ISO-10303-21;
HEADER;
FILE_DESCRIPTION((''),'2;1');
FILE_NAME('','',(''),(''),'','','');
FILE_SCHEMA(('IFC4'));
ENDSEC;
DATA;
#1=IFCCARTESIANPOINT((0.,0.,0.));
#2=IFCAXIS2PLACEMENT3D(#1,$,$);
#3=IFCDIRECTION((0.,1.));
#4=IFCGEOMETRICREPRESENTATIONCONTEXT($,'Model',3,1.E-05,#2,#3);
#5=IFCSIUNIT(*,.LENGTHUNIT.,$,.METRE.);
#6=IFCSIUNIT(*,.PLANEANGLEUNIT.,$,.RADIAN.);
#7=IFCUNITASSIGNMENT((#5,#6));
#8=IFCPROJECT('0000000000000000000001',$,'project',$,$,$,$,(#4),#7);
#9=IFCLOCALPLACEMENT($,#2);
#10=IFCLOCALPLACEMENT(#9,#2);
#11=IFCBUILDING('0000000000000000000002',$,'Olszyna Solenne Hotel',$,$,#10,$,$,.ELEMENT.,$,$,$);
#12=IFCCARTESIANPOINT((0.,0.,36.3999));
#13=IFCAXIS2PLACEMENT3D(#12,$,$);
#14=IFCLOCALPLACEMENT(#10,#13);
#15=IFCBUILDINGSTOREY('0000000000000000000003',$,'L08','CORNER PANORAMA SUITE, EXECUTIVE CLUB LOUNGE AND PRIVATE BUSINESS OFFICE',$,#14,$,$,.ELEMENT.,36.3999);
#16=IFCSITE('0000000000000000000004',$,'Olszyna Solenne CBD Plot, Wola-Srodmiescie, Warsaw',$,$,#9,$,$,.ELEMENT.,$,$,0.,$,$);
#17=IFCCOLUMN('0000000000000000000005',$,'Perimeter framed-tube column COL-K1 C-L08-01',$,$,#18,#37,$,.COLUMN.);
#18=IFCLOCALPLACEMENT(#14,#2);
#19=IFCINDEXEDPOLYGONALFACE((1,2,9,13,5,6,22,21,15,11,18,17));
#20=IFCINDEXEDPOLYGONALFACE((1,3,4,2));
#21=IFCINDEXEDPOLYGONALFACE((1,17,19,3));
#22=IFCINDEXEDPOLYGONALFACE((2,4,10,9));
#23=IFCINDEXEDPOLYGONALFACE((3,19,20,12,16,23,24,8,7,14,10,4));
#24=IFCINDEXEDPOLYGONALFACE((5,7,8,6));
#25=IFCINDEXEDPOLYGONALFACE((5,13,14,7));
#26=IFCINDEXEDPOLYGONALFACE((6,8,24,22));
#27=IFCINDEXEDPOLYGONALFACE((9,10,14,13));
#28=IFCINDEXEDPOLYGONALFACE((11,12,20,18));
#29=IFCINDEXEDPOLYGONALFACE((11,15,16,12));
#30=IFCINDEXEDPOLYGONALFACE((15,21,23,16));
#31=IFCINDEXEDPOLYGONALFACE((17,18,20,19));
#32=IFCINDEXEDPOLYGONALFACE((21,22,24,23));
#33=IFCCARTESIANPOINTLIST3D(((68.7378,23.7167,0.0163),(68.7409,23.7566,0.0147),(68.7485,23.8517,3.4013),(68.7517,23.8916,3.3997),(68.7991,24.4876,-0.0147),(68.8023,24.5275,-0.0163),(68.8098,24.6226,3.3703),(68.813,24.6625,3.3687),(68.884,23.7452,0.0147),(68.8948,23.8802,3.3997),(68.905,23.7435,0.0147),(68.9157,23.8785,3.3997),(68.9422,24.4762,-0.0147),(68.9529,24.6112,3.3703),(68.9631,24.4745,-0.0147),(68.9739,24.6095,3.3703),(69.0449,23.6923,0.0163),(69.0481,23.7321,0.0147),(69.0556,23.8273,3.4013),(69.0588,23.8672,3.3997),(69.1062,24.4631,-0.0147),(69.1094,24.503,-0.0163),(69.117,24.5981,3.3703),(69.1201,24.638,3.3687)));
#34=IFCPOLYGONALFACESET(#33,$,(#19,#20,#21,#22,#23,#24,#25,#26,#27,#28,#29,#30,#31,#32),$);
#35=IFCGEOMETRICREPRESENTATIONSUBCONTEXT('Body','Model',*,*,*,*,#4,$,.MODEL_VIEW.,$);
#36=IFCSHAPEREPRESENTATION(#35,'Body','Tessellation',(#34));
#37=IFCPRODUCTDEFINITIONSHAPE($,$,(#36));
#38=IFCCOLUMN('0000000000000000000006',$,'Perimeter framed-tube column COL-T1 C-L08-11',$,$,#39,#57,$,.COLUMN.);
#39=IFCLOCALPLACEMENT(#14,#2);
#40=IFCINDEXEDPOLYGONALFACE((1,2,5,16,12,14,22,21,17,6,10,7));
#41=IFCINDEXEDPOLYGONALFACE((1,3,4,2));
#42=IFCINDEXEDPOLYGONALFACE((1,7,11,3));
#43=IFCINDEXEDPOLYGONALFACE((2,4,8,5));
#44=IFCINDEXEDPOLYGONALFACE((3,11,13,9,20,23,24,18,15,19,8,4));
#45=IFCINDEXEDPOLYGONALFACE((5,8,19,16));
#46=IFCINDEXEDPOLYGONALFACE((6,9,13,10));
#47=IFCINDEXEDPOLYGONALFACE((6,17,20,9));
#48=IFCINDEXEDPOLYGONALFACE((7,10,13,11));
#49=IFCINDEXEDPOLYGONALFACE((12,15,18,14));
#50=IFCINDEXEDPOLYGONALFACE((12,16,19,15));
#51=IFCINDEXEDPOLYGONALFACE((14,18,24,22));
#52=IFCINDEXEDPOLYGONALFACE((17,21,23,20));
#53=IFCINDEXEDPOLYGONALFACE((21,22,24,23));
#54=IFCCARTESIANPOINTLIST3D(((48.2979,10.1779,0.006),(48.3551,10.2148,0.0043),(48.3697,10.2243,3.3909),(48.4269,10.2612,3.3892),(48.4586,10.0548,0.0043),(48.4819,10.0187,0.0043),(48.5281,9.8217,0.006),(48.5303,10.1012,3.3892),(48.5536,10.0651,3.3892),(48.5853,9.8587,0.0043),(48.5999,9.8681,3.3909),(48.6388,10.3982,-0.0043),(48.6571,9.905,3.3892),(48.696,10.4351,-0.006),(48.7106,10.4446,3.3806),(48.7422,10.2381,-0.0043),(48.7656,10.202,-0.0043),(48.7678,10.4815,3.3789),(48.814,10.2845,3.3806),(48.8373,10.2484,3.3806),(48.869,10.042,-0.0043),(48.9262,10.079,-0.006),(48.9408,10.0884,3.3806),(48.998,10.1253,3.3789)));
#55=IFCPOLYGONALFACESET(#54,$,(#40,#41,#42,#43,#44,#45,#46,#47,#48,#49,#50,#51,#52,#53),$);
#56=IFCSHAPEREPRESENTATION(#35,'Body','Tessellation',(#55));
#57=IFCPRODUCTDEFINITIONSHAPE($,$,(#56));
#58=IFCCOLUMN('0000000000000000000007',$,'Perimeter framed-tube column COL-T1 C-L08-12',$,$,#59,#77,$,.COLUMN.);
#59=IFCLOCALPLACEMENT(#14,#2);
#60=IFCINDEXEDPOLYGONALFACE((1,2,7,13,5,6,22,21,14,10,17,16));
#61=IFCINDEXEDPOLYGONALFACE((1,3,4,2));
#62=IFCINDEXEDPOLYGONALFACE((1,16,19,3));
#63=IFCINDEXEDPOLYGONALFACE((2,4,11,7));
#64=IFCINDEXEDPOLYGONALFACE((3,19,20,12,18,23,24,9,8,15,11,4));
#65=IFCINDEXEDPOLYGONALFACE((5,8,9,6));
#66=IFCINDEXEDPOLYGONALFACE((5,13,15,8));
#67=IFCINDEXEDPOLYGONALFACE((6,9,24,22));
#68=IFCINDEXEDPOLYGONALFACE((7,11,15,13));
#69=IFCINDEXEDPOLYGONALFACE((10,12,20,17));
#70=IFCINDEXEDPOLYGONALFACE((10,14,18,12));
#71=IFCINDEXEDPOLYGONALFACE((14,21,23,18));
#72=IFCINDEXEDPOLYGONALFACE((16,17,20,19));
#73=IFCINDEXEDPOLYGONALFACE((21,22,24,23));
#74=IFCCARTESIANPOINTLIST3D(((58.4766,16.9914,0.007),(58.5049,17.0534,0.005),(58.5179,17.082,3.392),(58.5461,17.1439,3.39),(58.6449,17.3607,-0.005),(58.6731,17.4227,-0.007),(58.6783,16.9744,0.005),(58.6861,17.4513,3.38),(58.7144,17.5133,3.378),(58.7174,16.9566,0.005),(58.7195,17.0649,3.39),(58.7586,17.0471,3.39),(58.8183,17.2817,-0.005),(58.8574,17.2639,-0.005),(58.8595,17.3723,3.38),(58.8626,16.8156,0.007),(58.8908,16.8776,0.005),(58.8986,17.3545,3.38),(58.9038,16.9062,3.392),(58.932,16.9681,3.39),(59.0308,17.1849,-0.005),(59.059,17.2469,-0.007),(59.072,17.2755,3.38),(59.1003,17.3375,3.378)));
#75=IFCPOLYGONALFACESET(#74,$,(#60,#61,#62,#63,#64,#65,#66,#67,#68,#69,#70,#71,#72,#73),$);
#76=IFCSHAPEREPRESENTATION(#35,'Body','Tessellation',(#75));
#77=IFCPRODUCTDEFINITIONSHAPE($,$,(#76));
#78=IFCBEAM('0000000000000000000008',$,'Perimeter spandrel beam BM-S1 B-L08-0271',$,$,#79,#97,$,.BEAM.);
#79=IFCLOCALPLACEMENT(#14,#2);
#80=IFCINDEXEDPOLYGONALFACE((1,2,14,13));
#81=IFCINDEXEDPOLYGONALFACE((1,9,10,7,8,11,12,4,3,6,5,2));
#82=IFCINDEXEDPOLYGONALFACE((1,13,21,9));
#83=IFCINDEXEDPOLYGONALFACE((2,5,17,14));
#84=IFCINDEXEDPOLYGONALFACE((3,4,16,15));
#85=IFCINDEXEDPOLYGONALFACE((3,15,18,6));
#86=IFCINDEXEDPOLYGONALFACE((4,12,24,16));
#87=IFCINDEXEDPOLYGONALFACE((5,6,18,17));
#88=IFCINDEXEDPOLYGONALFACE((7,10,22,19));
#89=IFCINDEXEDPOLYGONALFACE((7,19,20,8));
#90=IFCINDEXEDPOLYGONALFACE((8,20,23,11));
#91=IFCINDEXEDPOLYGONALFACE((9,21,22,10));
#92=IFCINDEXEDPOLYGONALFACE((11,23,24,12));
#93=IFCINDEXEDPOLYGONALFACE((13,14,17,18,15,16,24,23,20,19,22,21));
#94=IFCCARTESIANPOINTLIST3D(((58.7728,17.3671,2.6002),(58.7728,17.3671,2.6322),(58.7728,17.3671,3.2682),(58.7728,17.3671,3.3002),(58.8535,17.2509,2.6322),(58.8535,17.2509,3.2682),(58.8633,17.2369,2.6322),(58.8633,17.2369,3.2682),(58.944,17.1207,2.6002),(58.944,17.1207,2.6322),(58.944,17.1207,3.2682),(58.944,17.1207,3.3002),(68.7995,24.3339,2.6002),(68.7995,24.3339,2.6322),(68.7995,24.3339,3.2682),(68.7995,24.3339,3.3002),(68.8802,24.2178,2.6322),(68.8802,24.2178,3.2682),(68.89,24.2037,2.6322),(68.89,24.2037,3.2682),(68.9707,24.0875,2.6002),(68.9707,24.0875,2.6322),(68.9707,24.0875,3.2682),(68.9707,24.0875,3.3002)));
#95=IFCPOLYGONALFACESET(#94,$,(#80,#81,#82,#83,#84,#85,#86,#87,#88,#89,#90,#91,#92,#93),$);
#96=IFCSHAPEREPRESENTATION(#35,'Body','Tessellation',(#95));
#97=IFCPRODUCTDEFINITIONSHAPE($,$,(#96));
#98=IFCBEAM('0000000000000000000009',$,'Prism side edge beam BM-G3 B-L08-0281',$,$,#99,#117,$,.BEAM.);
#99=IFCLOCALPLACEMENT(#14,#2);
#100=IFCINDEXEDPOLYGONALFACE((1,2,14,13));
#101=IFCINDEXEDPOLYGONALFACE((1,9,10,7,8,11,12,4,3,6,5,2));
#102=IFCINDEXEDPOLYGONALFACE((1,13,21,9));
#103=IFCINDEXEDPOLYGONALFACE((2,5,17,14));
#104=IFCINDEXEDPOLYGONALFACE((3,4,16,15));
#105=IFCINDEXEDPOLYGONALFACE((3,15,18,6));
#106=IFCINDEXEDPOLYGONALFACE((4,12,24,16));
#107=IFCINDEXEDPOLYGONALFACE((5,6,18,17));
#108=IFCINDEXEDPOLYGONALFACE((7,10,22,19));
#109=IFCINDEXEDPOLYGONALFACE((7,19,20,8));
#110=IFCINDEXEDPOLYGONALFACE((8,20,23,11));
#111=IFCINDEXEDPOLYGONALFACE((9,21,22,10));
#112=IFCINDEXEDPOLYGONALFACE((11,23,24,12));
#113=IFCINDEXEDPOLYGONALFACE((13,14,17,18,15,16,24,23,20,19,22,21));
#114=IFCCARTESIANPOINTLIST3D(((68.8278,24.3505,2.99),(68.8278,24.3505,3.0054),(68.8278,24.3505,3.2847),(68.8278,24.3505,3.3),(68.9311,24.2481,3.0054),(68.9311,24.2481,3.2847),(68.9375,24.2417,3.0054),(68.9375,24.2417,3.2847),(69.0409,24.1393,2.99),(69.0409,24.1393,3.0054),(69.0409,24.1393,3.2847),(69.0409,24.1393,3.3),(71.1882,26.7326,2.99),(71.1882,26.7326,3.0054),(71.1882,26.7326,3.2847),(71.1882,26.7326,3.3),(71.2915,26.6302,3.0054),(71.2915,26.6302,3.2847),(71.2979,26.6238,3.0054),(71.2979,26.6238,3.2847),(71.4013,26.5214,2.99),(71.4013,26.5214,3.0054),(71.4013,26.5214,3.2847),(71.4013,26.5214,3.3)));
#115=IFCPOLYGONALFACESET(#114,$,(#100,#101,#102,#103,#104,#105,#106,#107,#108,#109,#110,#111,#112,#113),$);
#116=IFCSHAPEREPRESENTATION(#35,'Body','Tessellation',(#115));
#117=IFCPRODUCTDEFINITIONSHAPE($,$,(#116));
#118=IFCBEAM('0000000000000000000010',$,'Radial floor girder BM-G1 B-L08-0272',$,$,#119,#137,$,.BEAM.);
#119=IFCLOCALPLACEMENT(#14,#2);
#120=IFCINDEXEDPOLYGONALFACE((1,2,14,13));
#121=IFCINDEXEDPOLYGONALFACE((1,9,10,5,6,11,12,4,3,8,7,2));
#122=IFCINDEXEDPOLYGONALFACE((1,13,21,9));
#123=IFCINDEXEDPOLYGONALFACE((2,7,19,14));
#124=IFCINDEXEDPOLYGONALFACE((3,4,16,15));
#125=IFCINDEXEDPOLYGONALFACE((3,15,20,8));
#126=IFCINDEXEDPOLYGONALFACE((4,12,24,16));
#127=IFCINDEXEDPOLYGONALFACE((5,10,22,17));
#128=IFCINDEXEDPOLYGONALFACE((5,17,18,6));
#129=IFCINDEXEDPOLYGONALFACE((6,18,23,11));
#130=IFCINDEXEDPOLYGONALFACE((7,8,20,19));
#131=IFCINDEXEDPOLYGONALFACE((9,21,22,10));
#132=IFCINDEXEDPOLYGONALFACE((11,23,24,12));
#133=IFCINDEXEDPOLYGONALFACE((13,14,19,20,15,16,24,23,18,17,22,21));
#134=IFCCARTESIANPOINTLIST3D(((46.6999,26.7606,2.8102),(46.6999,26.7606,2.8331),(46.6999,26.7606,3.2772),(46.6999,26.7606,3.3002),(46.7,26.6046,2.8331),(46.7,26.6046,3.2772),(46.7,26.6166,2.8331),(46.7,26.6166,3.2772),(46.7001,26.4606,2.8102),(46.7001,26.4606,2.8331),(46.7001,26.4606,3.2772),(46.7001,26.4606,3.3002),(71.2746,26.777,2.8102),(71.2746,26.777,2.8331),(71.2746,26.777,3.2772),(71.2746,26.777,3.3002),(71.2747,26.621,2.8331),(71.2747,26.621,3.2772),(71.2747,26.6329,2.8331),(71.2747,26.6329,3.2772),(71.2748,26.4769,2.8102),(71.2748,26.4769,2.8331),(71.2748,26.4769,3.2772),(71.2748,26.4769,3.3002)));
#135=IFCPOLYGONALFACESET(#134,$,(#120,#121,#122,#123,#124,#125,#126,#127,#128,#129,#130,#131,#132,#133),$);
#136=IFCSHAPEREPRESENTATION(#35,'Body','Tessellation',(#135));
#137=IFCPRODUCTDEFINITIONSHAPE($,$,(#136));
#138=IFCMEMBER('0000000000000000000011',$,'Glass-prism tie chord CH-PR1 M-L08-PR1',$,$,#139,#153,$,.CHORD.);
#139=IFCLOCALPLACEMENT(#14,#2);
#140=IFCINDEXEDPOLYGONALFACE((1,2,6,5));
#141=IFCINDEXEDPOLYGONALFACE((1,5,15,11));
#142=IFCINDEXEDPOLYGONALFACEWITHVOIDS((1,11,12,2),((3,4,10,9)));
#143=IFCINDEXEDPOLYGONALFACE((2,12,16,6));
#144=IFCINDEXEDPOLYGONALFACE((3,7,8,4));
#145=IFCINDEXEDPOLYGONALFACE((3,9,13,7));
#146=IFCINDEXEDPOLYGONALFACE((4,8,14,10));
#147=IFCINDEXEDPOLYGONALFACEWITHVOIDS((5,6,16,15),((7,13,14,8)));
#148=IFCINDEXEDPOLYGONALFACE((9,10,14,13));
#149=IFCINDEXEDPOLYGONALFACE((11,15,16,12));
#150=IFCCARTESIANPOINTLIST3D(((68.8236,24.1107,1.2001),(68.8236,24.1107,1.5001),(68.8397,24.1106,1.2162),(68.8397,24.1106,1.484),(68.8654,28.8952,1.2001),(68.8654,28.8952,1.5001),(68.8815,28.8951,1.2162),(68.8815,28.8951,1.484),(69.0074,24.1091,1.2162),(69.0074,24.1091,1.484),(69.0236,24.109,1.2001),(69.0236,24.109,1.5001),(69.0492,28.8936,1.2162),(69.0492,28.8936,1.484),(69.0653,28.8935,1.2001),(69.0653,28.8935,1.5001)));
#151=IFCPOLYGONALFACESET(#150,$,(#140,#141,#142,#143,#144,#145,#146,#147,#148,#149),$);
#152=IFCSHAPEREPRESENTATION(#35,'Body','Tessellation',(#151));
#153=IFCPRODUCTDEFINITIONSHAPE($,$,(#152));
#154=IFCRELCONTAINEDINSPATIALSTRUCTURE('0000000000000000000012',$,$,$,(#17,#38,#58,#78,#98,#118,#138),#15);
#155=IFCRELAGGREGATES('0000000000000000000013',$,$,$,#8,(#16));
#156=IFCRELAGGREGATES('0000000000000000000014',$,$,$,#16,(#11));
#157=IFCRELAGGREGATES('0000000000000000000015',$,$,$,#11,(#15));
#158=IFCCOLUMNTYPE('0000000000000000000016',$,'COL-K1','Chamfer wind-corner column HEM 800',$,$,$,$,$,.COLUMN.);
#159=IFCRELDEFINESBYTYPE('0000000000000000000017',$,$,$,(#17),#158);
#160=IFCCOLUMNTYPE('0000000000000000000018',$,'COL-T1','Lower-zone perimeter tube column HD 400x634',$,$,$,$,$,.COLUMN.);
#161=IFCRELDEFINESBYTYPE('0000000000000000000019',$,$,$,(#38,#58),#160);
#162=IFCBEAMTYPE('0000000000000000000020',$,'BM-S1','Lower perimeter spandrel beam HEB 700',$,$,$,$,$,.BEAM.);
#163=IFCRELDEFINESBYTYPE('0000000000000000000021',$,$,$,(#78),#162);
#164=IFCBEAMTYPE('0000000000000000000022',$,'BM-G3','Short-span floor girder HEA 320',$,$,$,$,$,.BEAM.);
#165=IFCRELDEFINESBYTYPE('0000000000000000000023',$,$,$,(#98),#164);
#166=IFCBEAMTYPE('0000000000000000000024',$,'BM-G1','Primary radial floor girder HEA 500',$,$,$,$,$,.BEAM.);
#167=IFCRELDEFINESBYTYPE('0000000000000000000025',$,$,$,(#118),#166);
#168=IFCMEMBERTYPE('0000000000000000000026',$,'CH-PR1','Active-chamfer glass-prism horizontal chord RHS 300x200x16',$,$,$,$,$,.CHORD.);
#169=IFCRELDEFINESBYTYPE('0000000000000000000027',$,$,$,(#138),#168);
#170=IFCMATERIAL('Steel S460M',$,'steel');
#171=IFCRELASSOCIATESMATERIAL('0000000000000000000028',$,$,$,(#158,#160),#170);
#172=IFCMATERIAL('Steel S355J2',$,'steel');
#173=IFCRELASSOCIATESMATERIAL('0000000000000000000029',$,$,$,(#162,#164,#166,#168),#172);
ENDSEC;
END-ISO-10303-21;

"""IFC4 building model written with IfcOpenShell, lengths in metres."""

from ifc_helpers import new_model, si_unit, direction, frame, origin, origin_2d, place, context, subcontext, project, spatial, hollow_rectangle, i_section, extrude, source, transform, mapped, material, material_profile, profile_set, type_object, element, save


model = new_model("IFC4")

# Units and contexts
model_context = context("Model", 3, precision=1e-05, world=origin(), true_north=direction((0.0, 1.0)))
body_context = subcontext(model_context, "Body", "Model", "MODEL_VIEW")
ifc_project = project(units=[si_unit("LENGTHUNIT", "METRE"), si_unit("PLANEANGLEUNIT", "RADIAN")], contexts=[model_context])

# Site, building, storey
site_placement = place(None, origin())
site = spatial("IfcSite", under=ifc_project, at=site_placement, Name="Olszyna Solenne CBD Plot, Wola-Srodmiescie, Warsaw", CompositionType="ELEMENT", RefElevation=0.0)
building_placement = place(site_placement, origin())
building = spatial("IfcBuilding", under=site, at=building_placement, Name="Olszyna Solenne Hotel", CompositionType="ELEMENT")
storey_placement = place(building_placement, frame((0.0, 0.0, 36.3999)))
storey = spatial("IfcBuildingStorey", under=building, at=storey_placement, Name="L08", Description="CORNER PANORAMA SUITE, EXECUTIVE CLUB LOUNGE AND PRIVATE BUSINESS OFFICE", CompositionType="ELEMENT", Elevation=36.3999)

# Columns
ifc_material_1 = material(Name="Steel S460M", Category="steel")
ifc_material_profile_1 = material_profile(ifc_material_1, i_section(OverallWidth=0.3081, OverallDepth=0.814, WebThickness=0.021, FlangeThickness=0.04, at=origin_2d()), Name="HEM 800", Category="load-bearing")
ifc_profile_set_1 = profile_set([ifc_material_profile_1], Name="Steel S460M")
column_type_1 = type_object("IfcColumnType", Name="COL-K1", Description="Chamfer wind-corner column HEM 800", PredefinedType="COLUMN", material=ifc_profile_set_1)
shared_shape_1 = source(origin(), body_context, "Body", "SweptSolid", [
    extrude(i_section(OverallWidth=0.3081, OverallDepth=0.814, WebThickness=0.021, FlangeThickness=0.04, at=origin_2d()), origin(), (0.0, 0.0, 1.0), 3.3877),
])
column_1_placement = place(storey_placement, frame((68.9236, 24.1099, 0.0), z_axis=(0.003171, 0.039853, 0.999201), x_axis=(-0.99685, 0.079315, 0.0)))
element("IfcColumn", 1, at=column_1_placement, inside=storey, type_object=column_type_1, Name="Perimeter framed-tube column COL-K1 C-L08-01", PredefinedType="COLUMN", context=body_context, shape_type="MappedRepresentation", body=[
    mapped(shared_shape_1, transform((0.0, 0.0, 0.0), x_axis=(1.0, 0.0, 0.0), y_axis=(0.0, 1.0, 0.0), z_axis=(0.0, 0.0, 1.0), scale=1.0)),
])
ifc_material_profile_2 = material_profile(ifc_material_1, i_section(OverallWidth=0.4241, OverallDepth=0.4741, WebThickness=0.043, FlangeThickness=0.0681, at=origin_2d()), Name="HD 400x634", Category="load-bearing")
ifc_profile_set_2 = profile_set([ifc_material_profile_2], Name="Steel S460M")
column_type_2 = type_object("IfcColumnType", Name="COL-T1", Description="Lower-zone perimeter tube column HD 400x634", PredefinedType="COLUMN", material=ifc_profile_set_2)
shared_shape_2 = source(origin(), body_context, "Body", "SweptSolid", [
    extrude(i_section(OverallWidth=0.4241, OverallDepth=0.4741, WebThickness=0.043, FlangeThickness=0.0681, at=origin_2d()), origin(), (0.0, 0.0, 1.0), 3.386),
])
column_2_placement = place(storey_placement, frame((48.6121, 10.1284, 0.0), z_axis=(0.021198, 0.013699, 0.999681), x_axis=(-0.542777, 0.839877, 0.0)))
element("IfcColumn", 2, at=column_2_placement, inside=storey, type_object=column_type_2, Name="Perimeter framed-tube column COL-T1 C-L08-11", PredefinedType="COLUMN", context=body_context, shape_type="MappedRepresentation", body=[
    mapped(shared_shape_2, transform((0.0, 0.0, 0.0), x_axis=(1.0, 0.0, 0.0), y_axis=(0.0, 1.0, 0.0), z_axis=(0.0, 0.0, 1.0), scale=1.0)),
])
shared_shape_3 = source(origin(), body_context, "Body", "SweptSolid", [
    extrude(i_section(OverallWidth=0.4241, OverallDepth=0.4741, WebThickness=0.043, FlangeThickness=0.0681, at=origin_2d()), origin(), (0.0, 0.0, 1.0), 3.3865),
])
column_3_placement = place(storey_placement, frame((58.7678, 17.1191, 0.0), z_axis=(0.012184, 0.026746, 0.999568), x_axis=(-0.91003, 0.414542, 0.0)))
element("IfcColumn", 3, at=column_3_placement, inside=storey, type_object=column_type_2, Name="Perimeter framed-tube column COL-T1 C-L08-12", PredefinedType="COLUMN", context=body_context, shape_type="MappedRepresentation", body=[
    mapped(shared_shape_3, transform((0.0, 0.0, 0.0), x_axis=(1.0, 0.0, 0.0), y_axis=(0.0, 1.0, 0.0), z_axis=(0.0, 0.0, 1.0), scale=1.0)),
])

# Beams
ifc_material_2 = material(Name="Steel S355J2", Category="steel")
ifc_material_profile_3 = material_profile(ifc_material_2, i_section(OverallWidth=0.3, OverallDepth=0.7, WebThickness=0.0171, FlangeThickness=0.032, at=origin_2d()), Name="HEB 700", Category="load-bearing")
ifc_profile_set_3 = profile_set([ifc_material_profile_3], Name="Steel S355J2")
beam_type_1 = type_object("IfcBeamType", Name="BM-S1", Description="Lower perimeter spandrel beam HEB 700", PredefinedType="BEAM", material=ifc_profile_set_3)
shared_shape_4 = source(origin(), body_context, "Body", "SweptSolid", [
    extrude(i_section(OverallWidth=0.3, OverallDepth=0.7, WebThickness=0.0171, FlangeThickness=0.032, at=origin_2d()), origin(), (0.0, 0.0, 1.0), 12.2095),
])
beam_1_placement = place(storey_placement, frame((58.8584, 17.2439, 2.9502), z_axis=(0.821221, 0.57061, 0.0), x_axis=(-0.57061, 0.821221, 0.0)))
element("IfcBeam", 4, at=beam_1_placement, inside=storey, type_object=beam_type_1, Name="Perimeter spandrel beam BM-S1 B-L08-0271", PredefinedType="BEAM", context=body_context, shape_type="MappedRepresentation", body=[
    mapped(shared_shape_4, transform((0.0, 0.0, 0.0), x_axis=(1.0, 0.0, 0.0), y_axis=(0.0, 1.0, 0.0), z_axis=(0.0, 0.0, 1.0), scale=1.0)),
])
ifc_material_profile_4 = material_profile(ifc_material_2, i_section(OverallWidth=0.3, OverallDepth=0.3101, WebThickness=0.009, FlangeThickness=0.0154, at=origin_2d()), Name="HEA 320", Category="load-bearing")
ifc_profile_set_4 = profile_set([ifc_material_profile_4], Name="Steel S355J2")
beam_type_2 = type_object("IfcBeamType", Name="BM-G3", Description="Short-span floor girder HEA 320", PredefinedType="BEAM", material=ifc_profile_set_4)
shared_shape_5 = source(origin(), body_context, "Body", "SweptSolid", [
    extrude(i_section(OverallWidth=0.3, OverallDepth=0.3101, WebThickness=0.009, FlangeThickness=0.0154, at=origin_2d()), origin(), (0.0, 0.0, 1.0), 3.3535),
])
beam_2_placement = place(storey_placement, frame((68.9343, 24.2449, 3.145), z_axis=(0.70386, 0.710339, 0.0), x_axis=(-0.710339, 0.70386, 0.0)))
element("IfcBeam", 5, at=beam_2_placement, inside=storey, type_object=beam_type_2, Name="Prism side edge beam BM-G3 B-L08-0281", PredefinedType="BEAM", context=body_context, shape_type="MappedRepresentation", body=[
    mapped(shared_shape_5, transform((0.0, 0.0, 0.0), x_axis=(1.0, 0.0, 0.0), y_axis=(0.0, 1.0, 0.0), z_axis=(0.0, 0.0, 1.0), scale=1.0)),
])
ifc_material_profile_5 = material_profile(ifc_material_2, i_section(OverallWidth=0.3, OverallDepth=0.49, WebThickness=0.012, FlangeThickness=0.0229, at=origin_2d()), Name="HEA 500", Category="load-bearing")
ifc_profile_set_5 = profile_set([ifc_material_profile_5], Name="Steel S355J2")
beam_type_3 = type_object("IfcBeamType", Name="BM-G1", Description="Primary radial floor girder HEA 500", PredefinedType="BEAM", material=ifc_profile_set_5)
shared_shape_6 = source(origin(), body_context, "Body", "SweptSolid", [
    extrude(i_section(OverallWidth=0.3, OverallDepth=0.49, WebThickness=0.012, FlangeThickness=0.0229, at=origin_2d()), origin(), (0.0, 0.0, 1.0), 24.5747),
])
beam_3_placement = place(storey_placement, frame((71.2747, 26.627, 3.0552), z_axis=(-1.0, -0.000666, 0.0), x_axis=(0.000666, -1.0, 0.0)))
element("IfcBeam", 6, at=beam_3_placement, inside=storey, type_object=beam_type_3, Name="Radial floor girder BM-G1 B-L08-0272", PredefinedType="BEAM", context=body_context, shape_type="MappedRepresentation", body=[
    mapped(shared_shape_6, transform((0.0, 0.0, 0.0), x_axis=(1.0, 0.0, 0.0), y_axis=(0.0, 1.0, 0.0), z_axis=(0.0, 0.0, 1.0), scale=1.0)),
])

# Member
ifc_material_profile_6 = material_profile(ifc_material_2, hollow_rectangle(XDim=0.2, YDim=0.3, WallThickness=0.0161, at=origin_2d()), Name="RHS 300x200x16", Category="load-bearing")
ifc_profile_set_6 = profile_set([ifc_material_profile_6], Name="Steel S355J2")
member_type_1 = type_object("IfcMemberType", Name="CH-PR1", Description="Active-chamfer glass-prism horizontal chord RHS 300x200x16", PredefinedType="CHORD", material=ifc_profile_set_6)
shared_shape_7 = source(origin(), body_context, "Body", "SweptSolid", [
    extrude(hollow_rectangle(XDim=0.2, YDim=0.3, WallThickness=0.0161, at=origin_2d()), origin(), (0.0, 0.0, 1.0), 4.7847),
])
for number, where, z_axis, x_axis, name in (
    (7, (68.9236, 24.1099, 1.3501), (0.008725, 0.999962, 0.0), (-0.999962, 0.008725, 0.0), "Glass-prism tie chord CH-PR1 M-L08-PR1"),
):
    element("IfcMember", number, at=place(storey_placement, frame(where, z_axis=z_axis, x_axis=x_axis)), inside=storey, type_object=member_type_1, Name=name, PredefinedType="CHORD", context=body_context, shape_type="MappedRepresentation", body=[
        mapped(shared_shape_7, transform((0.0, 0.0, 0.0), x_axis=(1.0, 0.0, 0.0), y_axis=(0.0, 1.0, 0.0), z_axis=(0.0, 0.0, 1.0), scale=1.0)),
    ])

save(model, "model.ifc")
